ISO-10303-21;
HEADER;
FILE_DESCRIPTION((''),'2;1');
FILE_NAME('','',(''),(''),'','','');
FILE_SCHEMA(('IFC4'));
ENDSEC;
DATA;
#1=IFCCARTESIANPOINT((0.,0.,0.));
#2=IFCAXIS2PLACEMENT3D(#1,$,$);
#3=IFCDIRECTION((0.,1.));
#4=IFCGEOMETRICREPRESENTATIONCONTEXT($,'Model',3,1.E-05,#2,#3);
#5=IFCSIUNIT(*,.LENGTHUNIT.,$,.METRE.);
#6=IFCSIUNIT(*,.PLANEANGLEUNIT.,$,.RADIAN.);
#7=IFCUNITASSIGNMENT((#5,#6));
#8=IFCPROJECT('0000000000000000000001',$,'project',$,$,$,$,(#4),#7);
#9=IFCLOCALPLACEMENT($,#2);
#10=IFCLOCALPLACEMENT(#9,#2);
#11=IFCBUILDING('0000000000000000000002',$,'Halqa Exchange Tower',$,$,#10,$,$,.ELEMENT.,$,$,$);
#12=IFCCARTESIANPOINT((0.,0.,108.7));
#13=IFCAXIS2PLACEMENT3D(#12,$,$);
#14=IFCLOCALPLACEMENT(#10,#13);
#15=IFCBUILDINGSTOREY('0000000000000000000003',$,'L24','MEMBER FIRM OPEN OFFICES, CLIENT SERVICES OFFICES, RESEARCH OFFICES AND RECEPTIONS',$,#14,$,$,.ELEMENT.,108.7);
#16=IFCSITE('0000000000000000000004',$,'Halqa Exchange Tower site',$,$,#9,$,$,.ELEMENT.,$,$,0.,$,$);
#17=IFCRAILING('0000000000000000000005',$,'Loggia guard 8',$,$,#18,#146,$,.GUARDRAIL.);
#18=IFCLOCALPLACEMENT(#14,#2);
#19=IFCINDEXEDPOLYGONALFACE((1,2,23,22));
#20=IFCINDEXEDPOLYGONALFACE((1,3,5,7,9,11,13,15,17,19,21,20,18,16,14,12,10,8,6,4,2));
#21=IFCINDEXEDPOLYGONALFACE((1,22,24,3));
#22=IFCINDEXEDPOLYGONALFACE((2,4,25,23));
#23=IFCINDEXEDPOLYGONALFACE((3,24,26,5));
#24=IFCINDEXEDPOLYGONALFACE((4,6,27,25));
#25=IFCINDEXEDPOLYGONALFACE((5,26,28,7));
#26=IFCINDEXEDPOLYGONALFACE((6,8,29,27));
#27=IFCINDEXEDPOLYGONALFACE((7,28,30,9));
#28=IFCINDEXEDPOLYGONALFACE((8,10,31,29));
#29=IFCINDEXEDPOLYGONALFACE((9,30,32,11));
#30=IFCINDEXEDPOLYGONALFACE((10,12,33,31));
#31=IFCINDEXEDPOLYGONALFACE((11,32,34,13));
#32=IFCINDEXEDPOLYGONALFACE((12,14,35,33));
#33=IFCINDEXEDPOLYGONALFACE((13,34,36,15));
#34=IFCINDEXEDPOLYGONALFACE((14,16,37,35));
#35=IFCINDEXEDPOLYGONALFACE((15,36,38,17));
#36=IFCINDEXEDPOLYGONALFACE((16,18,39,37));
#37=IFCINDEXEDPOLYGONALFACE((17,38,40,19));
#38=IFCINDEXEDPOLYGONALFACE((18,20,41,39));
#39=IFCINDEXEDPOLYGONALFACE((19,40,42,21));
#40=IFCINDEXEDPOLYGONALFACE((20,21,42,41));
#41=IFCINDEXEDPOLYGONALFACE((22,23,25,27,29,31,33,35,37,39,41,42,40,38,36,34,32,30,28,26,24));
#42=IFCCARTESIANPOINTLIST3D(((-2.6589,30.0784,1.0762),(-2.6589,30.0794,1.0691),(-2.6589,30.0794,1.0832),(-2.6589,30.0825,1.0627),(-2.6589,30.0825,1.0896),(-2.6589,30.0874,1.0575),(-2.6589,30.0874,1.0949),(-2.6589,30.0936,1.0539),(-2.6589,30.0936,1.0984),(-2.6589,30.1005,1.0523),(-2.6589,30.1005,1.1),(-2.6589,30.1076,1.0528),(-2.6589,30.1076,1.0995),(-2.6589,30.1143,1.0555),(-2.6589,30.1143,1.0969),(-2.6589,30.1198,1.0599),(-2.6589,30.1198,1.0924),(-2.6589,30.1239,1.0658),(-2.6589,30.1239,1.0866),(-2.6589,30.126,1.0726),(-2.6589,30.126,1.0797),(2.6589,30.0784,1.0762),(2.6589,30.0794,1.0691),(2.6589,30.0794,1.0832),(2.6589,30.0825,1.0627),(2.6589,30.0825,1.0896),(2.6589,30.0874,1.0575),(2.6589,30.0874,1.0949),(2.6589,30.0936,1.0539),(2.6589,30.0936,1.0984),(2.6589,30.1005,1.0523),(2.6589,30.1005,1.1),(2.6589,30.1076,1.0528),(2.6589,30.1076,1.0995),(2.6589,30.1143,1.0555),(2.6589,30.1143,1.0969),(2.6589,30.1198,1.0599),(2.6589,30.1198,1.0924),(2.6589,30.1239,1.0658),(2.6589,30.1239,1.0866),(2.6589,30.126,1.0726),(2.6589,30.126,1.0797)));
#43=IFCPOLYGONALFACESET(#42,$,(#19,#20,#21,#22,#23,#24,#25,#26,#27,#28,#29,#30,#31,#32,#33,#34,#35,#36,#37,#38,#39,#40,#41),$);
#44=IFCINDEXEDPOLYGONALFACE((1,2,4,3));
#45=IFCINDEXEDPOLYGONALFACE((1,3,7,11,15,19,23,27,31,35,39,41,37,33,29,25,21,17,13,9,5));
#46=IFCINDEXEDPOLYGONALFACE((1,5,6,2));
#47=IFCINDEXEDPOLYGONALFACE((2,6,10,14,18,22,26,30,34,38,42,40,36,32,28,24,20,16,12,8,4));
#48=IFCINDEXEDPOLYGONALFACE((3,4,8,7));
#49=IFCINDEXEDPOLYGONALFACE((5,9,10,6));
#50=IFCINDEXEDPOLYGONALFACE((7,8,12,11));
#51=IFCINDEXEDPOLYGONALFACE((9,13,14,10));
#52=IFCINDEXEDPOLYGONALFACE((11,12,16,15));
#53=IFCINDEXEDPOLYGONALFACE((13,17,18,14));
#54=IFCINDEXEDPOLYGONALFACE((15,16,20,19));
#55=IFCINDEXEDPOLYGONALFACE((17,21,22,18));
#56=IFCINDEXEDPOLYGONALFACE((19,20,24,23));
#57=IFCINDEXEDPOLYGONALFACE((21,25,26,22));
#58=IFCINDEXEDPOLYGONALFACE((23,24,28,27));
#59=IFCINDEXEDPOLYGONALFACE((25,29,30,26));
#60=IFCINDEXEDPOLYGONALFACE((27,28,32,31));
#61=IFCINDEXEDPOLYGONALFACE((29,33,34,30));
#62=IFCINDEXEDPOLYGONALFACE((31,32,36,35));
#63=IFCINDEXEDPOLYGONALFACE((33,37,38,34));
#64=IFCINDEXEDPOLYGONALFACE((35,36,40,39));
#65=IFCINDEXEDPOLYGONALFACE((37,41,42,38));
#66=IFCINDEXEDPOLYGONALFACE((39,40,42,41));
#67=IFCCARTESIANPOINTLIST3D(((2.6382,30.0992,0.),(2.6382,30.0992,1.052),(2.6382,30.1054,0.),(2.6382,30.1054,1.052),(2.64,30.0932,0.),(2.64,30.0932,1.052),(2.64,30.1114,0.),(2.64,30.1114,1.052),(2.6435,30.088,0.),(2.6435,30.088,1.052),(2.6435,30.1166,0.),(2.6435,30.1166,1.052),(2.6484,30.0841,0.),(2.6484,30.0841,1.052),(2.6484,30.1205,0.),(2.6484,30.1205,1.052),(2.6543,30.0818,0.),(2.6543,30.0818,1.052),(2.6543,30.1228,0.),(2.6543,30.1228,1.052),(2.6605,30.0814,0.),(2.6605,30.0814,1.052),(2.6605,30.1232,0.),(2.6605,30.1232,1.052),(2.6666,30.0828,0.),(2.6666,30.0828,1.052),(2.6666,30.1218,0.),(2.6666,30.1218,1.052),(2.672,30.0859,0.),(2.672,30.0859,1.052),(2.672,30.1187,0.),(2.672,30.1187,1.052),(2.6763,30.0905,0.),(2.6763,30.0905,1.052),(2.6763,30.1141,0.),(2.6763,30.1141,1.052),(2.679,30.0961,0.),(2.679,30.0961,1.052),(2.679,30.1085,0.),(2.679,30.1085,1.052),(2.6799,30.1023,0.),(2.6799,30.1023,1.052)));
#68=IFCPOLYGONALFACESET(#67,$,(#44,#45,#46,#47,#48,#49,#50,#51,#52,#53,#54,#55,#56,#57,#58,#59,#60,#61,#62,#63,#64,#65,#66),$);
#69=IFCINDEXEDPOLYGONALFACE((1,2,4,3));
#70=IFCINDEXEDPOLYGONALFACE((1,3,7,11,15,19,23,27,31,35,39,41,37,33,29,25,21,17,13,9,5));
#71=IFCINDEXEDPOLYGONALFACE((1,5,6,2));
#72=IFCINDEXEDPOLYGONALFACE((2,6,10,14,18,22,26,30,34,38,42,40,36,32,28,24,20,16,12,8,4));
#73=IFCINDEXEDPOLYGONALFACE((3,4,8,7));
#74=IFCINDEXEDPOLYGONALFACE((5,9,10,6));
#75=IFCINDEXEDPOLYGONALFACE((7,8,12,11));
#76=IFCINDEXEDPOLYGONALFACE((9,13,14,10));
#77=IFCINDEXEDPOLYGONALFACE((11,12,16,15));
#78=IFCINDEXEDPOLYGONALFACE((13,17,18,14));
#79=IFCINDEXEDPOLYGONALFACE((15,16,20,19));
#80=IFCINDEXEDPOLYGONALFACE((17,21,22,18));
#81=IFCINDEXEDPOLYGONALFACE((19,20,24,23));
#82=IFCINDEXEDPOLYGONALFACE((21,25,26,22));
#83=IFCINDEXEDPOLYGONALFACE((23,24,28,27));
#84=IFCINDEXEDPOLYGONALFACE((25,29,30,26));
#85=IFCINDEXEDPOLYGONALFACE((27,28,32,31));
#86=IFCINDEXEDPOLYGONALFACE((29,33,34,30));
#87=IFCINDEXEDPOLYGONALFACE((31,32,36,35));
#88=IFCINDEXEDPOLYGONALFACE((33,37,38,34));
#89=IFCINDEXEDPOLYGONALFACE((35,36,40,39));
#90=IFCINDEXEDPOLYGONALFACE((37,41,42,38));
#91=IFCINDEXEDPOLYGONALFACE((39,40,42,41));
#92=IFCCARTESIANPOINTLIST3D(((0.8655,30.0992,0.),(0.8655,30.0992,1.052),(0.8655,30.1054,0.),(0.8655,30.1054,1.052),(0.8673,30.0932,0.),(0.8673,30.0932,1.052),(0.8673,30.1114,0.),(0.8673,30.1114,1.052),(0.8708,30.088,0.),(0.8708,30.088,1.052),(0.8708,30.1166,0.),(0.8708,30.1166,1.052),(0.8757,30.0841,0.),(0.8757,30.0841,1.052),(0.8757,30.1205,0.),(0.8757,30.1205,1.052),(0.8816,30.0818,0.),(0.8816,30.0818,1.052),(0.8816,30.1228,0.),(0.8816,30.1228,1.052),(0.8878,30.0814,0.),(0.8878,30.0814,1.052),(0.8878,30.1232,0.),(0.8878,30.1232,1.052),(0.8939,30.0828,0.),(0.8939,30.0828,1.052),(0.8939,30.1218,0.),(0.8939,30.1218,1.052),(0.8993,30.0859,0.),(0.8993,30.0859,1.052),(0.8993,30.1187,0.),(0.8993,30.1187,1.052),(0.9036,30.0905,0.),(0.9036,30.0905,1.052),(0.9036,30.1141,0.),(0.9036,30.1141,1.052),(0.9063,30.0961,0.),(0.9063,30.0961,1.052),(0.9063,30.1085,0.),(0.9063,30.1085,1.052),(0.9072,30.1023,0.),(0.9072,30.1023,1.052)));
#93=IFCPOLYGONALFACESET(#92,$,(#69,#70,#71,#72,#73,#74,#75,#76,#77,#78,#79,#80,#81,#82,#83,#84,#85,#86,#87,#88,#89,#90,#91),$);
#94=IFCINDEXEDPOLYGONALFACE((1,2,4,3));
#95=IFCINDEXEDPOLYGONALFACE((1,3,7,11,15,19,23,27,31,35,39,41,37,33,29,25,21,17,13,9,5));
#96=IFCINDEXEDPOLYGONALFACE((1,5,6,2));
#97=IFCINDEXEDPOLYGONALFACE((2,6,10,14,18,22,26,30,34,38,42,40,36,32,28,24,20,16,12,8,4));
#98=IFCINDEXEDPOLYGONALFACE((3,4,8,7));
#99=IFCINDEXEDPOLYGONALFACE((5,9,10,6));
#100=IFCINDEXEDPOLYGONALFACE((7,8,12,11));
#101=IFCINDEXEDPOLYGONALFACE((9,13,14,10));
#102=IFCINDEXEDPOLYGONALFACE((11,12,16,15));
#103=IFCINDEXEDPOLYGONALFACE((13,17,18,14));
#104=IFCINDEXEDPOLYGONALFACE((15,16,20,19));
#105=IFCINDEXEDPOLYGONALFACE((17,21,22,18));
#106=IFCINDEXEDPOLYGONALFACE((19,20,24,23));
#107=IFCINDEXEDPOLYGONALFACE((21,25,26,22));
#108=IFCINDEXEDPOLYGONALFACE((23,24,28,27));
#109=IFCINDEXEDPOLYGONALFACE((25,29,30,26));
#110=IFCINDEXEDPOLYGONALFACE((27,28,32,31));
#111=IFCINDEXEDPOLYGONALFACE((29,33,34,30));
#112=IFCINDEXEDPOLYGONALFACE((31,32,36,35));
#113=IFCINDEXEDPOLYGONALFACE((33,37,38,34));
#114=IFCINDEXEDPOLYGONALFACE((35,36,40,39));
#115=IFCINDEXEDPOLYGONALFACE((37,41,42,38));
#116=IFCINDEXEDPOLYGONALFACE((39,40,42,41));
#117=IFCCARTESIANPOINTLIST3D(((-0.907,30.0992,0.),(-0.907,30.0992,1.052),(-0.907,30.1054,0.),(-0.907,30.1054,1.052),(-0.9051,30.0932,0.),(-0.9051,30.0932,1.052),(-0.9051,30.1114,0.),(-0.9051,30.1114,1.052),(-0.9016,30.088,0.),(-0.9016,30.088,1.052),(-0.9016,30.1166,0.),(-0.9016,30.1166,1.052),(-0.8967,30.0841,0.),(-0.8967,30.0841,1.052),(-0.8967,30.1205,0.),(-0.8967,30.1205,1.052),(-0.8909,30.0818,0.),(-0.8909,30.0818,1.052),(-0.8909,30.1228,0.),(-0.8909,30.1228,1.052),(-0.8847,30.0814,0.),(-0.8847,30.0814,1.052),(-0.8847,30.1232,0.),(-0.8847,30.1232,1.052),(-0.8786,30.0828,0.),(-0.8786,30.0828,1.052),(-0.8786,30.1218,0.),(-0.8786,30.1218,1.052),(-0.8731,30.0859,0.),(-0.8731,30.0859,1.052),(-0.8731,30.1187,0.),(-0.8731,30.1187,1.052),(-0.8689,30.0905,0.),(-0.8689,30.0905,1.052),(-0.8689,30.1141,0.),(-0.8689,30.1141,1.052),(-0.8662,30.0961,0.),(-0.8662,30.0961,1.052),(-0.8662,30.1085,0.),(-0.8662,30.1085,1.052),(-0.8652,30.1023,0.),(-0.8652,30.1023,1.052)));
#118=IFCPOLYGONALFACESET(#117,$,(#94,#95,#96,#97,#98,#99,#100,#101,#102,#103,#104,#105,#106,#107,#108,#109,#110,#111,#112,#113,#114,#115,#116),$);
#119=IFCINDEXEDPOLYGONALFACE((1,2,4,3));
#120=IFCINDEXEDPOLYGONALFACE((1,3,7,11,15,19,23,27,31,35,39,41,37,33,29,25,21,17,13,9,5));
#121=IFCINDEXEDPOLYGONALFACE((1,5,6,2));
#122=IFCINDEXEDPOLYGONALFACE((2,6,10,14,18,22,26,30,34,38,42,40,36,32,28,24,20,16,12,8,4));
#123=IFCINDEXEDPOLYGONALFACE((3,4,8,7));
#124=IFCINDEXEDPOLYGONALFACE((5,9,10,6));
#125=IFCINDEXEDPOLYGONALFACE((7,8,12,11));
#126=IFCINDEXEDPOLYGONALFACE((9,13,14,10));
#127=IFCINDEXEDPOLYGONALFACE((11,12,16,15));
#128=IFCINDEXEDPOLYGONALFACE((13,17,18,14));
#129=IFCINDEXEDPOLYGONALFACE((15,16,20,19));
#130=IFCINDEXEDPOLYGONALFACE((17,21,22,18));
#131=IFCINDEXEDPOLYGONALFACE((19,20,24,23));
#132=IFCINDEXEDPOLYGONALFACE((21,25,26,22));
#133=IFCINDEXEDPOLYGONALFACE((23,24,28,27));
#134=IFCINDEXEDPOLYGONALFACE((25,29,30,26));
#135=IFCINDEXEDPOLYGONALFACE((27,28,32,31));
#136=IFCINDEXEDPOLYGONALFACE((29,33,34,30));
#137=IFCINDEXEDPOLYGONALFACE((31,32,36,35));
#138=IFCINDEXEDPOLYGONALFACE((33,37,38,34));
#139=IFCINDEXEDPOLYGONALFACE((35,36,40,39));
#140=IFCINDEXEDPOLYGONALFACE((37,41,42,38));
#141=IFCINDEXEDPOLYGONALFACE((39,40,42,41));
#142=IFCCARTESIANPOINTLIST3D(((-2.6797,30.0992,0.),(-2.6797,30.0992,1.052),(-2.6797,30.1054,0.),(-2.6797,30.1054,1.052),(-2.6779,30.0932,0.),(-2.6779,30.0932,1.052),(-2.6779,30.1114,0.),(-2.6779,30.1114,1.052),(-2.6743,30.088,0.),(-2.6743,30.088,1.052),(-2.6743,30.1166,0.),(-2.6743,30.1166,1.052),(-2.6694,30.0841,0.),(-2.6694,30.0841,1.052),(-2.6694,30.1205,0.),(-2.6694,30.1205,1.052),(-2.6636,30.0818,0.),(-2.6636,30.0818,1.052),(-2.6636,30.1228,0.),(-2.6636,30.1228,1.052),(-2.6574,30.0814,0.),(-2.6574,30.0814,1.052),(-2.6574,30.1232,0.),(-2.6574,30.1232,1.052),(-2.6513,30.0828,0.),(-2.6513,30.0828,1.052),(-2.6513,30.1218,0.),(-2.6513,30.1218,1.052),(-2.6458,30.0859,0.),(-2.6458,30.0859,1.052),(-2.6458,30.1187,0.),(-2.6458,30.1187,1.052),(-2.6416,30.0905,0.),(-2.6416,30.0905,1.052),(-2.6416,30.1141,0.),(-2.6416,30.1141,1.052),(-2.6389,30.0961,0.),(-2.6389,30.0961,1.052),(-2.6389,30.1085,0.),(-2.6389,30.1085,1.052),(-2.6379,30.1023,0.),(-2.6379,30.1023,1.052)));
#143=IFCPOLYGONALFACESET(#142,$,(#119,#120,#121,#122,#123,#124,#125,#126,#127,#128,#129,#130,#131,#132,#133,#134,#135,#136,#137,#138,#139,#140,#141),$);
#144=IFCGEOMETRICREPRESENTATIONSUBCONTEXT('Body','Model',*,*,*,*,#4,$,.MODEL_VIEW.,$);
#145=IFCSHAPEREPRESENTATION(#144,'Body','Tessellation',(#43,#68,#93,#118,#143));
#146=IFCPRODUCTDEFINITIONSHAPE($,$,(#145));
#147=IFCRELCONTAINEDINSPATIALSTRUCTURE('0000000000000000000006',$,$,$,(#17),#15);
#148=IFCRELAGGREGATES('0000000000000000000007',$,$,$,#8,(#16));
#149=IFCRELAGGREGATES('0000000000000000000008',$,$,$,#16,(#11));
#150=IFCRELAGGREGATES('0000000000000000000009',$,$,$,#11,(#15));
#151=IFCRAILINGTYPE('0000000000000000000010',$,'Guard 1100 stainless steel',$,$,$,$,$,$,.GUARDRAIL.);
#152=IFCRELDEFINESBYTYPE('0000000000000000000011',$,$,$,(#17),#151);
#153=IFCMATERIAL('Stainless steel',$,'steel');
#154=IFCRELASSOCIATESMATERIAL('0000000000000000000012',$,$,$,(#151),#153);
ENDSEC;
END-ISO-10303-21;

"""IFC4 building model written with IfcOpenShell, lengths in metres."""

from ifc_helpers import new_model, si_unit, direction, frame, origin, origin_2d, place, context, subcontext, project, spatial, circle, extrude, material, type_object, element, save


model = new_model("IFC4")

# Units and contexts
model_context = context("Model", 3, precision=1e-05, world=origin(), true_north=direction((0.0, 1.0)))
body_context = subcontext(model_context, "Body", "Model", "MODEL_VIEW")
ifc_project = project(units=[si_unit("LENGTHUNIT", "METRE"), si_unit("PLANEANGLEUNIT", "RADIAN")], contexts=[model_context])

# Site, building, storey
site_placement = place(None, origin())
site = spatial("IfcSite", under=ifc_project, at=site_placement, Name="Halqa Exchange Tower site", CompositionType="ELEMENT", RefElevation=0.0)
building_placement = place(site_placement, origin())
building = spatial("IfcBuilding", under=site, at=building_placement, Name="Halqa Exchange Tower", CompositionType="ELEMENT")
storey_placement = place(building_placement, frame((0.0, 0.0, 108.7)))
storey = spatial("IfcBuildingStorey", under=building, at=storey_placement, Name="L24", Description="MEMBER FIRM OPEN OFFICES, CLIENT SERVICES OFFICES, RESEARCH OFFICES AND RECEPTIONS", CompositionType="ELEMENT", Elevation=108.7)

# Railing
ifc_material_1 = material(Name="Stainless steel", Category="steel")
railing_type_1 = type_object("IfcRailingType", Name="Guard 1100 stainless steel", PredefinedType="GUARDRAIL", material=ifc_material_1)
railing_1_placement = place(storey_placement, frame((2.6589, 30.1023, 0.0)))
element("IfcRailing", 1, at=railing_1_placement, inside=storey, type_object=railing_type_1, Name="Loggia guard 8", PredefinedType="GUARDRAIL", context=body_context, shape_type="SweptSolid", body=[
    extrude(circle(Radius=0.0239, at=origin_2d()), frame((0.0, 0.0, 1.0762), z_axis=(-1.0, 0.0, 0.0), x_axis=(0.0, -1.0, 0.0)), (0.0, 0.0, 1.0), 5.3179),
    extrude(circle(Radius=0.021, at=origin_2d()), origin(), (0.0, 0.0, 1.0), 1.052),
    extrude(circle(Radius=0.021, at=origin_2d()), frame((-1.7727, 0.0, 0.0)), (0.0, 0.0, 1.0), 1.052),
    extrude(circle(Radius=0.021, at=origin_2d()), frame((-3.5452, 0.0, 0.0)), (0.0, 0.0, 1.0), 1.052),
    extrude(circle(Radius=0.021, at=origin_2d()), frame((-5.3179, 0.0, 0.0)), (0.0, 0.0, 1.0), 1.052),
])

save(model, "model.ifc")
